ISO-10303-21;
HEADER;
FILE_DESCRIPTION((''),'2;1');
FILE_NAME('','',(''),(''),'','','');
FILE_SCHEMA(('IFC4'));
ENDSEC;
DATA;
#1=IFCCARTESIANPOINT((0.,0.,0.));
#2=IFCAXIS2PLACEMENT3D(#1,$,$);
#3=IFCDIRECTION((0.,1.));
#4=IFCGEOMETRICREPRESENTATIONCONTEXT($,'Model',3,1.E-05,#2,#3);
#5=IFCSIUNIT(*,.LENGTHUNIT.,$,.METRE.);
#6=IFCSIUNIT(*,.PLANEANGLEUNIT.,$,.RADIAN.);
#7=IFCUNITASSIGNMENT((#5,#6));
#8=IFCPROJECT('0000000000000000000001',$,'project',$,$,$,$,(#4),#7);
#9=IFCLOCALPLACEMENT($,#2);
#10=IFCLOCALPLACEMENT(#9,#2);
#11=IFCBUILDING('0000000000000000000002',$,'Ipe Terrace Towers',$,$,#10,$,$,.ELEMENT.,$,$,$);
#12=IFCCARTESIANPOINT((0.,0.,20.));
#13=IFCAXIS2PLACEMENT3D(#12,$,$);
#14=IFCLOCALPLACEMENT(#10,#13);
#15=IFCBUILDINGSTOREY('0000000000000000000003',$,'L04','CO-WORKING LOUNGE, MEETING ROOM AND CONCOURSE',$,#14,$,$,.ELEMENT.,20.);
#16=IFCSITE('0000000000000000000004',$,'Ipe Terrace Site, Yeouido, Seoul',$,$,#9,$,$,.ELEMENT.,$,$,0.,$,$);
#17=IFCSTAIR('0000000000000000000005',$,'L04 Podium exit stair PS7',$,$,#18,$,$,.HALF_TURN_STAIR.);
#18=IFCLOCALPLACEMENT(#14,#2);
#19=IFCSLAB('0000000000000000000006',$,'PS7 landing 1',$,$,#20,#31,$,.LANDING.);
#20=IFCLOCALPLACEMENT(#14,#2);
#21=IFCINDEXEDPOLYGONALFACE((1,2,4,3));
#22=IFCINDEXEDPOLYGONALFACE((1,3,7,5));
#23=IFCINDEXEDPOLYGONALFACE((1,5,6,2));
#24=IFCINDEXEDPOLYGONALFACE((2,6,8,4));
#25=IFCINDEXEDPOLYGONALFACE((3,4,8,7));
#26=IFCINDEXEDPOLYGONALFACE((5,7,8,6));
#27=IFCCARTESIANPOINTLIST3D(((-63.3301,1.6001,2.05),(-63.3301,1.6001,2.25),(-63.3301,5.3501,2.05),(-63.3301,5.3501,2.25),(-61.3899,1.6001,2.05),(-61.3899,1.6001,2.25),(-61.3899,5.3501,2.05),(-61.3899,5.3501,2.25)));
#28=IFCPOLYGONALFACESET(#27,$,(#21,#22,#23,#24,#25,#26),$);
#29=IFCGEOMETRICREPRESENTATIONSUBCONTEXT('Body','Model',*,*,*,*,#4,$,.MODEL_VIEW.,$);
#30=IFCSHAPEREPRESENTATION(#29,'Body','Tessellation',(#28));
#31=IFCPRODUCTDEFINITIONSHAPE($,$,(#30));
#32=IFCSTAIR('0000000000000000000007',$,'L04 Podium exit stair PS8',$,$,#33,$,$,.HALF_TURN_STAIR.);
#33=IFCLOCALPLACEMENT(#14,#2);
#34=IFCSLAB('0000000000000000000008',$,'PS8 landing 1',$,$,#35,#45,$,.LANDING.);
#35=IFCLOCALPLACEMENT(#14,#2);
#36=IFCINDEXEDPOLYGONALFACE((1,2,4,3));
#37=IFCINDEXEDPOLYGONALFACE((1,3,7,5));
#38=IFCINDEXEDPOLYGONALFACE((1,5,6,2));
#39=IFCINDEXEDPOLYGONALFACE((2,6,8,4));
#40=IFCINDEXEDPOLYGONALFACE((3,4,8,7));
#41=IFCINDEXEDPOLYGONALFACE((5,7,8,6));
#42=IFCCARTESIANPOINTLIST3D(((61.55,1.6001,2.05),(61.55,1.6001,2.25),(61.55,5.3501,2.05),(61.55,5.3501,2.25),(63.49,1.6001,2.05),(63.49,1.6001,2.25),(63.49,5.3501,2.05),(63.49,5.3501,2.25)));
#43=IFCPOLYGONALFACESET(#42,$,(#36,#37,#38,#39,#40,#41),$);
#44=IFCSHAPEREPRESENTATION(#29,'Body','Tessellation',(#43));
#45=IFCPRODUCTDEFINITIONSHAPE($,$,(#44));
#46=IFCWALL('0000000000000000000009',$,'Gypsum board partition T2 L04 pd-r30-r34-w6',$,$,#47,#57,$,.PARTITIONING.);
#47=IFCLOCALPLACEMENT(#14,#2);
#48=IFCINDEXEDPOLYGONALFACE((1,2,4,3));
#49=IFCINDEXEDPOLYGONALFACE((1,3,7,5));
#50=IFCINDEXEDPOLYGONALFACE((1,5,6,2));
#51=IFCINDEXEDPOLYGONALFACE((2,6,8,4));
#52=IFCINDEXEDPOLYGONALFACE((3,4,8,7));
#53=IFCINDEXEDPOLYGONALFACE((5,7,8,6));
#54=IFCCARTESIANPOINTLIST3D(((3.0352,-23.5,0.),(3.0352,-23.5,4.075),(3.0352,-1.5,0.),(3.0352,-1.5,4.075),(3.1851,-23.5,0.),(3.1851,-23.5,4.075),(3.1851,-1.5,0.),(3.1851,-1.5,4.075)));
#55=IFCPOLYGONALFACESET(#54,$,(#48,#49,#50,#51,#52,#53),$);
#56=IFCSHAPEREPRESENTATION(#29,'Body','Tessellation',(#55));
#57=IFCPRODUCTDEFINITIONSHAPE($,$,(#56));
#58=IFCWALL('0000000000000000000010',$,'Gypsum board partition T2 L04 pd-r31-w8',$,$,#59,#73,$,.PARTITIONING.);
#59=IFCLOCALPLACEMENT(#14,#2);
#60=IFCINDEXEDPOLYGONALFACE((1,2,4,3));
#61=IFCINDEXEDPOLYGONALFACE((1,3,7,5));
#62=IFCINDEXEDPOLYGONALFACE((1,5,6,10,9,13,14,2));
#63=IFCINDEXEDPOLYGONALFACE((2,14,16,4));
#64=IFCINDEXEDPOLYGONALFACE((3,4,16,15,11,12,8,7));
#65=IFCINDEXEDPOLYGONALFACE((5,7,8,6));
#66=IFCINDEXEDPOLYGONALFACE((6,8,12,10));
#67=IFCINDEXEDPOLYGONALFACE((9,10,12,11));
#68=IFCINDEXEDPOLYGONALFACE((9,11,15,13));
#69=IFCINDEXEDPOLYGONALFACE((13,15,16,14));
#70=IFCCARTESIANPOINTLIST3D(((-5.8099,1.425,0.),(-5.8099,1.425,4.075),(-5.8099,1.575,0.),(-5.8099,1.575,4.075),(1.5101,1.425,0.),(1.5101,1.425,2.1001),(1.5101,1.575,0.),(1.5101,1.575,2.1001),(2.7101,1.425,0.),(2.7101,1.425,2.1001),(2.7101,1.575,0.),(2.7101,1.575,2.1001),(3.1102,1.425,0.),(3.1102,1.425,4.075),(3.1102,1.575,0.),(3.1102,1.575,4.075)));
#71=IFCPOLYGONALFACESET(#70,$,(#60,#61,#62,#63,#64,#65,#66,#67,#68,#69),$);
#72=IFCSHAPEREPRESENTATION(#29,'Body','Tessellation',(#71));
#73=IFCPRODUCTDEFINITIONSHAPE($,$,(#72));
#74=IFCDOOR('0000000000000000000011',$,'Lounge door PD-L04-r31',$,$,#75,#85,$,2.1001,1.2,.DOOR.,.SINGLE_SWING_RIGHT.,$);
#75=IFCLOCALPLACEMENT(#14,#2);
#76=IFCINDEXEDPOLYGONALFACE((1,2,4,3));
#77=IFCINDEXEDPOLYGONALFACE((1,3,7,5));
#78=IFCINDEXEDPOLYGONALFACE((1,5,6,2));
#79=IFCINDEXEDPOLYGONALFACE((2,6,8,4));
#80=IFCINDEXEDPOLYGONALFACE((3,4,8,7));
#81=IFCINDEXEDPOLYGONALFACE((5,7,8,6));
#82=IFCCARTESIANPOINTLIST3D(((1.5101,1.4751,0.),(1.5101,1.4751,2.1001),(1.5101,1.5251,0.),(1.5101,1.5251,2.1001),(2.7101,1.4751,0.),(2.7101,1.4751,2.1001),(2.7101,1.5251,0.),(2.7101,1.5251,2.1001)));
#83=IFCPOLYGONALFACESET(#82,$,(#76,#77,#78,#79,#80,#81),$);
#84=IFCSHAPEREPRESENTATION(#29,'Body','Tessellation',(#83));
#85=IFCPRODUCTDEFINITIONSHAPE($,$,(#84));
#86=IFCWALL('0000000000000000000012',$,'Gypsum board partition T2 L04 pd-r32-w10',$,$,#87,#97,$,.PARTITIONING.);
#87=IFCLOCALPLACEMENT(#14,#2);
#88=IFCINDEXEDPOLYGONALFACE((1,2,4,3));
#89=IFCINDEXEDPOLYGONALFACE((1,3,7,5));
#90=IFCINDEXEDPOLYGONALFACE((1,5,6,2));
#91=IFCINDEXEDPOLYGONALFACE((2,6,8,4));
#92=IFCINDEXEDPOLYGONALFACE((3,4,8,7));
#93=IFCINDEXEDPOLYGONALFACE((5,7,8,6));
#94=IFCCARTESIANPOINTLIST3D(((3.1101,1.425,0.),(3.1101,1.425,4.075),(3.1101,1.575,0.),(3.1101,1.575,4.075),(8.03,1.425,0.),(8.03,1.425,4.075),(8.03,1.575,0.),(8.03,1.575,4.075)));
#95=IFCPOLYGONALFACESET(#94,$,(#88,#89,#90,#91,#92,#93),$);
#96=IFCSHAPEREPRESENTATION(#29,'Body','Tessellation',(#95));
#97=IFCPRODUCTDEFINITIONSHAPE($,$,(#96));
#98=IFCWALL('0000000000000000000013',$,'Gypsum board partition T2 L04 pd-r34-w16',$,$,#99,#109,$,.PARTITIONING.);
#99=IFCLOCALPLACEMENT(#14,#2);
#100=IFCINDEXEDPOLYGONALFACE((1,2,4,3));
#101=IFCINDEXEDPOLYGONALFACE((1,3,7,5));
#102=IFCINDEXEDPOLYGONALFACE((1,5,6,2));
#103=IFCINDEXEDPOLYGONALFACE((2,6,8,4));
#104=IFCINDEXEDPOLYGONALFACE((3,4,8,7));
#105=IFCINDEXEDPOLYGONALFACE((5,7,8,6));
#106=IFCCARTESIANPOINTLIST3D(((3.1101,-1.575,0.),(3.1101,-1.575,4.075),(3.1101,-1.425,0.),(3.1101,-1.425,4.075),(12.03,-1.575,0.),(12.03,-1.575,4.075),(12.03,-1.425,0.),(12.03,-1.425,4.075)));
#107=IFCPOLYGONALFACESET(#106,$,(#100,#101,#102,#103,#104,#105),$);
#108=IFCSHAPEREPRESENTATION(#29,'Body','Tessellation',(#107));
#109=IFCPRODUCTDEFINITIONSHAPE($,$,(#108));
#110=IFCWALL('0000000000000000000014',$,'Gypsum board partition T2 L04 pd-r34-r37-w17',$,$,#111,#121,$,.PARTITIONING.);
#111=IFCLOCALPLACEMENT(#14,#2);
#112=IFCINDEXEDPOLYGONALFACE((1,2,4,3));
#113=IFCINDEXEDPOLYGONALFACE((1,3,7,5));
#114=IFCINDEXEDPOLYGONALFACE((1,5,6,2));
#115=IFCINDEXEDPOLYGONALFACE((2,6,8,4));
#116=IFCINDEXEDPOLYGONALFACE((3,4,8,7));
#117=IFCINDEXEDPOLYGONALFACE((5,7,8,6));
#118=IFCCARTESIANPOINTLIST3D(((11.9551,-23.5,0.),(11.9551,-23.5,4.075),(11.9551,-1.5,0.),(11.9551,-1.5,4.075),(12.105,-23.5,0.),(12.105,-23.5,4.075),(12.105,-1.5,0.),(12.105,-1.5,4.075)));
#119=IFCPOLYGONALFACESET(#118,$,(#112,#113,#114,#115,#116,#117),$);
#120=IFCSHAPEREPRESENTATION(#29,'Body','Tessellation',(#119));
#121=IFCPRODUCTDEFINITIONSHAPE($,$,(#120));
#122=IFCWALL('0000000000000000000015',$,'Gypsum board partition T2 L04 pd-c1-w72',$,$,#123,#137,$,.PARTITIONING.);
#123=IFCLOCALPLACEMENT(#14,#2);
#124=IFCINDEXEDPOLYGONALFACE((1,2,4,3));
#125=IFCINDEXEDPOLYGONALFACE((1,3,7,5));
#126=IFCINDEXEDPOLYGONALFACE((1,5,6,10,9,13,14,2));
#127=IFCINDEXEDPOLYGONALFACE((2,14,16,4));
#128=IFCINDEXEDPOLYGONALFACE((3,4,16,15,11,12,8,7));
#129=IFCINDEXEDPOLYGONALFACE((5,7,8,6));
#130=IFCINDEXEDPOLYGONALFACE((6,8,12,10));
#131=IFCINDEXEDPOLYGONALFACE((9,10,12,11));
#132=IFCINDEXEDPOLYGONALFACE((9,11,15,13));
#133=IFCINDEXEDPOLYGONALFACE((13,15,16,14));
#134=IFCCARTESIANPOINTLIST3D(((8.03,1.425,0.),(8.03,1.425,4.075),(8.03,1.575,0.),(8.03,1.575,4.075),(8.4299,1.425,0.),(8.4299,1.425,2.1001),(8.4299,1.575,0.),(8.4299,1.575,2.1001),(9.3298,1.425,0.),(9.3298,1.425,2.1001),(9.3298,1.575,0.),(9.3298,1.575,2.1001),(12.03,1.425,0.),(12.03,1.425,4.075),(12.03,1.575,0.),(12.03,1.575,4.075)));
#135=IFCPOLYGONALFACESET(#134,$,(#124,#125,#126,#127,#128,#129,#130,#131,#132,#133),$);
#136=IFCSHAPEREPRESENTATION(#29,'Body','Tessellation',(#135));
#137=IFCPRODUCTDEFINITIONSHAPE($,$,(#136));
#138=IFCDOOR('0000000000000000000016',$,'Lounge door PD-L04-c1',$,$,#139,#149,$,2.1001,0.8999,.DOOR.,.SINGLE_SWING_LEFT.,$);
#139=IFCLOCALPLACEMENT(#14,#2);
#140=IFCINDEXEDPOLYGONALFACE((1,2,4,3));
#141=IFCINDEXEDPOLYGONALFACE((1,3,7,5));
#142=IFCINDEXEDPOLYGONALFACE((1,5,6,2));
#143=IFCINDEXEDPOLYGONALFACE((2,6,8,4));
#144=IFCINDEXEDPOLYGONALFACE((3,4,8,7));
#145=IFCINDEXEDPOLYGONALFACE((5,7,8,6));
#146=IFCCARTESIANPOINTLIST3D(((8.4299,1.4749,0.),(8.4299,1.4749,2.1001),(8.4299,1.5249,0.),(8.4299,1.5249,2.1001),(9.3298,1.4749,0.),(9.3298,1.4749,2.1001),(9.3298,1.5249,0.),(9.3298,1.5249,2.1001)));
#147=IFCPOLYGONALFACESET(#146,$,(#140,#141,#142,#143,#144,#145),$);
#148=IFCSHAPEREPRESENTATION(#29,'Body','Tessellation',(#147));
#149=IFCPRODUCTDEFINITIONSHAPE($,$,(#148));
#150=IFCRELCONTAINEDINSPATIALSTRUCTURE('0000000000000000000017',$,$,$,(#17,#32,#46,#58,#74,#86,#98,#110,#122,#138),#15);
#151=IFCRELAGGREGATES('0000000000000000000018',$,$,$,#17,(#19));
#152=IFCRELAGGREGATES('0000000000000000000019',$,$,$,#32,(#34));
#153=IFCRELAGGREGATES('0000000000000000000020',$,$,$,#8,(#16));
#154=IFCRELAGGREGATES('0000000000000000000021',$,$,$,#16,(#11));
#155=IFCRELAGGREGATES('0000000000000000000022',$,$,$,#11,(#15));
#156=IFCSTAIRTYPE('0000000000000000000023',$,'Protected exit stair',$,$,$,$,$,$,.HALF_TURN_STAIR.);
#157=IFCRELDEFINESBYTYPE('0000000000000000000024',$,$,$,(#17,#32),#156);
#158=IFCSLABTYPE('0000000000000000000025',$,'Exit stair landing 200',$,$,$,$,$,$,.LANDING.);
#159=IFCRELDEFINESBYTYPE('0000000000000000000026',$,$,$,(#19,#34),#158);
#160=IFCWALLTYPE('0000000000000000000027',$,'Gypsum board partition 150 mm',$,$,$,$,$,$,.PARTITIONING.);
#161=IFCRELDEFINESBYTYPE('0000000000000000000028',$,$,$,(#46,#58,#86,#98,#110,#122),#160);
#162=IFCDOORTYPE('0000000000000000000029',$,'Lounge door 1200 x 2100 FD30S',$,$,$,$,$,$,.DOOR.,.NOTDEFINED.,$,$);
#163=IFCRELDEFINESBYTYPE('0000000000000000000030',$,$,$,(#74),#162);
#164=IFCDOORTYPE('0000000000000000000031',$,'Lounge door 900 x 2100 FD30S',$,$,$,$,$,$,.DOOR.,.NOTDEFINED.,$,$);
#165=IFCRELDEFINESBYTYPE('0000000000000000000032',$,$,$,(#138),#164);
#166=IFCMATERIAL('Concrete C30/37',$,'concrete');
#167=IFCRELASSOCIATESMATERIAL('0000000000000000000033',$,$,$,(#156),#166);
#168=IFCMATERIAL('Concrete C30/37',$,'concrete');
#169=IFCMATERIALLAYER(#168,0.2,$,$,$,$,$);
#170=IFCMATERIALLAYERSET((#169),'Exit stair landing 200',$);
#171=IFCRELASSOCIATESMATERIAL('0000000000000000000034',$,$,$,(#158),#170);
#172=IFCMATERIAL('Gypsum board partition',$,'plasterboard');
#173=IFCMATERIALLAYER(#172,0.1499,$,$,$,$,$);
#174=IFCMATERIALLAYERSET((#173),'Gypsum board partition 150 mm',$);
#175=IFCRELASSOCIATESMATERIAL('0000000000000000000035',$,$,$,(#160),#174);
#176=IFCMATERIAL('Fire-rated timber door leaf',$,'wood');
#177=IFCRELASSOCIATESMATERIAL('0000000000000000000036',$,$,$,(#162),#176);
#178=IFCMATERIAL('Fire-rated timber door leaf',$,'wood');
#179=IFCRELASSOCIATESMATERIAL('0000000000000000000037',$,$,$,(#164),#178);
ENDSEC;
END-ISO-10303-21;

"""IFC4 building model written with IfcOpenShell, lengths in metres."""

from ifc_helpers import new_model, si_unit, direction, frame, frame_2d, origin, place, context, subcontext, project, spatial, polyline, rectangle, outline, extrude, material, layer, layer_set, type_object, element, fill, aggregate, save


model = new_model("IFC4")

# Units and contexts
model_context = context("Model", 3, precision=1e-05, world=origin(), true_north=direction((0.0, 1.0)))
body_context = subcontext(model_context, "Body", "Model", "MODEL_VIEW")
ifc_project = project(units=[si_unit("LENGTHUNIT", "METRE"), si_unit("PLANEANGLEUNIT", "RADIAN")], contexts=[model_context])

# Site, building, storey
site_placement = place(None, origin())
site = spatial("IfcSite", under=ifc_project, at=site_placement, Name="Ipe Terrace Site, Yeouido, Seoul", CompositionType="ELEMENT", RefElevation=0.0)
building_placement = place(site_placement, origin())
building = spatial("IfcBuilding", under=site, at=building_placement, Name="Ipe Terrace Towers", CompositionType="ELEMENT")
storey_placement = place(building_placement, frame((0.0, 0.0, 20.0)))
storey = spatial("IfcBuildingStorey", under=building, at=storey_placement, Name="L04", Description="CO-WORKING LOUNGE, MEETING ROOM AND CONCOURSE", CompositionType="ELEMENT", Elevation=20.0)

# Stairs, slabs
ifc_material_1 = material(Name="Concrete C30/37", Category="concrete")
stair_type = type_object("IfcStairType", Name="Protected exit stair", PredefinedType="HALF_TURN_STAIR", material=ifc_material_1)
ifc_material_2 = material(Name="Concrete C30/37", Category="concrete")
ifc_layer_1 = layer(ifc_material_2, 0.2)
ifc_layer_set_1 = layer_set([ifc_layer_1], Name="Exit stair landing 200")
slab_type_1 = type_object("IfcSlabType", Name="Exit stair landing 200", PredefinedType="LANDING", material=ifc_layer_set_1)
stair_1_placement = place(storey_placement, origin())
stair_1 = element("IfcStair", 1, at=stair_1_placement, inside=storey, type_object=stair_type, Name="L04 Podium exit stair PS7", PredefinedType="HALF_TURN_STAIR")
slab_1_placement = place(storey_placement, frame((0.0, 0.0, 2.05)))
slab_1 = element("IfcSlab", 2, at=slab_1_placement, type_object=slab_type_1, Name="PS7 landing 1", PredefinedType="LANDING", context=body_context, shape_type="SweptSolid", body=[
    extrude(outline(polyline([(-63.3301, 1.6001), (-61.3899, 1.6001), (-61.3899, 5.3501), (-63.3301, 5.3501), (-63.3301, 1.6001)])), origin(), (0.0, 0.0, 1.0), 0.2),
])
aggregate(stair_1, [slab_1])
stair_2_placement = place(storey_placement, origin())
stair_2 = element("IfcStair", 3, at=stair_2_placement, inside=storey, type_object=stair_type, Name="L04 Podium exit stair PS8", PredefinedType="HALF_TURN_STAIR")
slab_2_placement = place(storey_placement, frame((0.0, 0.0, 2.05)))
slab_2 = element("IfcSlab", 4, at=slab_2_placement, type_object=slab_type_1, Name="PS8 landing 1", PredefinedType="LANDING", context=body_context, shape_type="SweptSolid", body=[
    extrude(outline(polyline([(61.55, 1.6001), (63.49, 1.6001), (63.49, 5.3501), (61.55, 5.3501), (61.55, 1.6001)])), origin(), (0.0, 0.0, 1.0), 0.2),
])
aggregate(stair_2, [slab_2])

# Wall
ifc_material_3 = material(Name="Gypsum board partition", Category="plasterboard")
ifc_layer_2 = layer(ifc_material_3, 0.1499)
ifc_layer_set_2 = layer_set([ifc_layer_2], Name="Gypsum board partition 150 mm")
wall_type = type_object("IfcWallType", Name="Gypsum board partition 150 mm", PredefinedType="PARTITIONING", material=ifc_layer_set_2)
wall_1_placement = place(storey_placement, frame((3.1101, -1.5, 0.0), z_axis=(0.0, 0.0, 1.0), x_axis=(0.0, -1.0, 0.0)))
element("IfcWall", 5, at=wall_1_placement, inside=storey, type_object=wall_type, Name="Gypsum board partition T2 L04 pd-r30-r34-w6", PredefinedType="PARTITIONING", context=body_context, shape_type="SweptSolid", body=[
    extrude(rectangle(XDim=22.0, YDim=0.1499, at=frame_2d((11.0, 0.0))), origin(), (0.0, 0.0, 1.0), 4.075),
])

# Wall, opening, door
wall_2_placement = place(storey_placement, frame((3.1101, 1.5, 0.0), z_axis=(0.0, 0.0, 1.0), x_axis=(-1.0, 0.0, 0.0)))
wall_2 = element("IfcWall", 6, at=wall_2_placement, inside=storey, type_object=wall_type, Name="Gypsum board partition T2 L04 pd-r31-w8", PredefinedType="PARTITIONING", context=body_context, shape_type="SweptSolid", body=[
    extrude(rectangle(XDim=8.9202, YDim=0.1499, at=frame_2d((4.46, 0.0))), origin(), (0.0, 0.0, 1.0), 4.075),
])
opening_1_placement = place(wall_2_placement, frame((0.3999, 0.0, 0.0)))
opening_1 = element("IfcOpeningElement", 7, at=opening_1_placement, cuts=wall_2, PredefinedType="OPENING", context=body_context, shape_type="SweptSolid", body=[
    extrude(rectangle(XDim=1.2, YDim=2.1001, at=frame_2d((0.6001, 1.05))), frame((0.0, 0.085, 0.0), z_axis=(0.0, -1.0, 0.0), x_axis=(1.0, 0.0, 0.0)), (0.0, 0.0, 1.0), 0.1699),
])
ifc_material_4 = material(Name="Fire-rated timber door leaf", Category="wood")
door_type_1 = type_object("IfcDoorType", Name="Lounge door 1200 x 2100 FD30S", OperationType="NOTDEFINED", PredefinedType="DOOR", material=ifc_material_4)
door_1_placement = place(opening_1_placement, origin())
door_1 = element("IfcDoor", 8, at=door_1_placement, inside=storey, type_object=door_type_1, Name="Lounge door PD-L04-r31", OperationType="SINGLE_SWING_RIGHT", OverallHeight=2.1001, OverallWidth=1.2, PredefinedType="DOOR", context=body_context, shape_type="SweptSolid", body=[
    extrude(rectangle(XDim=1.2, YDim=2.1001, at=frame_2d((0.6001, 1.05))), frame((0.0, 0.0249, 0.0), z_axis=(0.0, -1.0, 0.0), x_axis=(1.0, 0.0, 0.0)), (0.0, 0.0, 1.0), 0.05),
])
fill(opening_1, door_1)

# Walls
wall_3_placement = place(storey_placement, frame((8.03, 1.5, 0.0), z_axis=(0.0, 0.0, 1.0), x_axis=(-1.0, 0.0, 0.0)))
element("IfcWall", 9, at=wall_3_placement, inside=storey, type_object=wall_type, Name="Gypsum board partition T2 L04 pd-r32-w10", PredefinedType="PARTITIONING", context=body_context, shape_type="SweptSolid", body=[
    extrude(rectangle(XDim=4.9199, YDim=0.1499, at=frame_2d((2.46, 0.0))), origin(), (0.0, 0.0, 1.0), 4.075),
])
wall_4_placement = place(storey_placement, frame((3.1101, -1.5, 0.0), z_axis=(0.0, 0.0, 1.0), x_axis=(1.0, 0.0, 0.0)))
element("IfcWall", 10, at=wall_4_placement, inside=storey, type_object=wall_type, Name="Gypsum board partition T2 L04 pd-r34-w16", PredefinedType="PARTITIONING", context=body_context, shape_type="SweptSolid", body=[
    extrude(rectangle(XDim=8.9199, YDim=0.1499, at=frame_2d((4.46, 0.0))), origin(), (0.0, 0.0, 1.0), 4.075),
])
wall_5_placement = place(storey_placement, frame((12.03, -1.5, 0.0), z_axis=(0.0, 0.0, 1.0), x_axis=(0.0, -1.0, 0.0)))
element("IfcWall", 11, at=wall_5_placement, inside=storey, type_object=wall_type, Name="Gypsum board partition T2 L04 pd-r34-r37-w17", PredefinedType="PARTITIONING", context=body_context, shape_type="SweptSolid", body=[
    extrude(rectangle(XDim=22.0, YDim=0.1499, at=frame_2d((11.0, 0.0))), origin(), (0.0, 0.0, 1.0), 4.075),
])

# Wall, opening, door
wall_6_placement = place(storey_placement, frame((8.03, 1.5, 0.0), z_axis=(0.0, 0.0, 1.0), x_axis=(1.0, 0.0, 0.0)))
wall_6 = element("IfcWall", 12, at=wall_6_placement, inside=storey, type_object=wall_type, Name="Gypsum board partition T2 L04 pd-c1-w72", PredefinedType="PARTITIONING", context=body_context, shape_type="SweptSolid", body=[
    extrude(rectangle(XDim=4.0, YDim=0.1499, at=frame_2d((2.0, 0.0))), origin(), (0.0, 0.0, 1.0), 4.075),
])
opening_2_placement = place(wall_6_placement, frame((0.3999, 0.0, 0.0)))
opening_2 = element("IfcOpeningElement", 13, at=opening_2_placement, cuts=wall_6, PredefinedType="OPENING", context=body_context, shape_type="SweptSolid", body=[
    extrude(rectangle(XDim=0.8999, YDim=2.1001, at=frame_2d((0.45, 1.05))), frame((0.0, 0.085, 0.0), z_axis=(0.0, -1.0, 0.0), x_axis=(1.0, 0.0, 0.0)), (0.0, 0.0, 1.0), 0.1699),
])
ifc_material_5 = material(Name="Fire-rated timber door leaf", Category="wood")
door_type_2 = type_object("IfcDoorType", Name="Lounge door 900 x 2100 FD30S", OperationType="NOTDEFINED", PredefinedType="DOOR", material=ifc_material_5)
door_2_placement = place(opening_2_placement, origin())
door_2 = element("IfcDoor", 14, at=door_2_placement, inside=storey, type_object=door_type_2, Name="Lounge door PD-L04-c1", OperationType="SINGLE_SWING_LEFT", OverallHeight=2.1001, OverallWidth=0.8999, PredefinedType="DOOR", context=body_context, shape_type="SweptSolid", body=[
    extrude(rectangle(XDim=0.8999, YDim=2.1001, at=frame_2d((0.45, 1.05))), frame((0.0, 0.0249, 0.0), z_axis=(0.0, -1.0, 0.0), x_axis=(1.0, 0.0, 0.0)), (0.0, 0.0, 1.0), 0.05),
])
fill(opening_2, door_2)

save(model, "model.ifc")
